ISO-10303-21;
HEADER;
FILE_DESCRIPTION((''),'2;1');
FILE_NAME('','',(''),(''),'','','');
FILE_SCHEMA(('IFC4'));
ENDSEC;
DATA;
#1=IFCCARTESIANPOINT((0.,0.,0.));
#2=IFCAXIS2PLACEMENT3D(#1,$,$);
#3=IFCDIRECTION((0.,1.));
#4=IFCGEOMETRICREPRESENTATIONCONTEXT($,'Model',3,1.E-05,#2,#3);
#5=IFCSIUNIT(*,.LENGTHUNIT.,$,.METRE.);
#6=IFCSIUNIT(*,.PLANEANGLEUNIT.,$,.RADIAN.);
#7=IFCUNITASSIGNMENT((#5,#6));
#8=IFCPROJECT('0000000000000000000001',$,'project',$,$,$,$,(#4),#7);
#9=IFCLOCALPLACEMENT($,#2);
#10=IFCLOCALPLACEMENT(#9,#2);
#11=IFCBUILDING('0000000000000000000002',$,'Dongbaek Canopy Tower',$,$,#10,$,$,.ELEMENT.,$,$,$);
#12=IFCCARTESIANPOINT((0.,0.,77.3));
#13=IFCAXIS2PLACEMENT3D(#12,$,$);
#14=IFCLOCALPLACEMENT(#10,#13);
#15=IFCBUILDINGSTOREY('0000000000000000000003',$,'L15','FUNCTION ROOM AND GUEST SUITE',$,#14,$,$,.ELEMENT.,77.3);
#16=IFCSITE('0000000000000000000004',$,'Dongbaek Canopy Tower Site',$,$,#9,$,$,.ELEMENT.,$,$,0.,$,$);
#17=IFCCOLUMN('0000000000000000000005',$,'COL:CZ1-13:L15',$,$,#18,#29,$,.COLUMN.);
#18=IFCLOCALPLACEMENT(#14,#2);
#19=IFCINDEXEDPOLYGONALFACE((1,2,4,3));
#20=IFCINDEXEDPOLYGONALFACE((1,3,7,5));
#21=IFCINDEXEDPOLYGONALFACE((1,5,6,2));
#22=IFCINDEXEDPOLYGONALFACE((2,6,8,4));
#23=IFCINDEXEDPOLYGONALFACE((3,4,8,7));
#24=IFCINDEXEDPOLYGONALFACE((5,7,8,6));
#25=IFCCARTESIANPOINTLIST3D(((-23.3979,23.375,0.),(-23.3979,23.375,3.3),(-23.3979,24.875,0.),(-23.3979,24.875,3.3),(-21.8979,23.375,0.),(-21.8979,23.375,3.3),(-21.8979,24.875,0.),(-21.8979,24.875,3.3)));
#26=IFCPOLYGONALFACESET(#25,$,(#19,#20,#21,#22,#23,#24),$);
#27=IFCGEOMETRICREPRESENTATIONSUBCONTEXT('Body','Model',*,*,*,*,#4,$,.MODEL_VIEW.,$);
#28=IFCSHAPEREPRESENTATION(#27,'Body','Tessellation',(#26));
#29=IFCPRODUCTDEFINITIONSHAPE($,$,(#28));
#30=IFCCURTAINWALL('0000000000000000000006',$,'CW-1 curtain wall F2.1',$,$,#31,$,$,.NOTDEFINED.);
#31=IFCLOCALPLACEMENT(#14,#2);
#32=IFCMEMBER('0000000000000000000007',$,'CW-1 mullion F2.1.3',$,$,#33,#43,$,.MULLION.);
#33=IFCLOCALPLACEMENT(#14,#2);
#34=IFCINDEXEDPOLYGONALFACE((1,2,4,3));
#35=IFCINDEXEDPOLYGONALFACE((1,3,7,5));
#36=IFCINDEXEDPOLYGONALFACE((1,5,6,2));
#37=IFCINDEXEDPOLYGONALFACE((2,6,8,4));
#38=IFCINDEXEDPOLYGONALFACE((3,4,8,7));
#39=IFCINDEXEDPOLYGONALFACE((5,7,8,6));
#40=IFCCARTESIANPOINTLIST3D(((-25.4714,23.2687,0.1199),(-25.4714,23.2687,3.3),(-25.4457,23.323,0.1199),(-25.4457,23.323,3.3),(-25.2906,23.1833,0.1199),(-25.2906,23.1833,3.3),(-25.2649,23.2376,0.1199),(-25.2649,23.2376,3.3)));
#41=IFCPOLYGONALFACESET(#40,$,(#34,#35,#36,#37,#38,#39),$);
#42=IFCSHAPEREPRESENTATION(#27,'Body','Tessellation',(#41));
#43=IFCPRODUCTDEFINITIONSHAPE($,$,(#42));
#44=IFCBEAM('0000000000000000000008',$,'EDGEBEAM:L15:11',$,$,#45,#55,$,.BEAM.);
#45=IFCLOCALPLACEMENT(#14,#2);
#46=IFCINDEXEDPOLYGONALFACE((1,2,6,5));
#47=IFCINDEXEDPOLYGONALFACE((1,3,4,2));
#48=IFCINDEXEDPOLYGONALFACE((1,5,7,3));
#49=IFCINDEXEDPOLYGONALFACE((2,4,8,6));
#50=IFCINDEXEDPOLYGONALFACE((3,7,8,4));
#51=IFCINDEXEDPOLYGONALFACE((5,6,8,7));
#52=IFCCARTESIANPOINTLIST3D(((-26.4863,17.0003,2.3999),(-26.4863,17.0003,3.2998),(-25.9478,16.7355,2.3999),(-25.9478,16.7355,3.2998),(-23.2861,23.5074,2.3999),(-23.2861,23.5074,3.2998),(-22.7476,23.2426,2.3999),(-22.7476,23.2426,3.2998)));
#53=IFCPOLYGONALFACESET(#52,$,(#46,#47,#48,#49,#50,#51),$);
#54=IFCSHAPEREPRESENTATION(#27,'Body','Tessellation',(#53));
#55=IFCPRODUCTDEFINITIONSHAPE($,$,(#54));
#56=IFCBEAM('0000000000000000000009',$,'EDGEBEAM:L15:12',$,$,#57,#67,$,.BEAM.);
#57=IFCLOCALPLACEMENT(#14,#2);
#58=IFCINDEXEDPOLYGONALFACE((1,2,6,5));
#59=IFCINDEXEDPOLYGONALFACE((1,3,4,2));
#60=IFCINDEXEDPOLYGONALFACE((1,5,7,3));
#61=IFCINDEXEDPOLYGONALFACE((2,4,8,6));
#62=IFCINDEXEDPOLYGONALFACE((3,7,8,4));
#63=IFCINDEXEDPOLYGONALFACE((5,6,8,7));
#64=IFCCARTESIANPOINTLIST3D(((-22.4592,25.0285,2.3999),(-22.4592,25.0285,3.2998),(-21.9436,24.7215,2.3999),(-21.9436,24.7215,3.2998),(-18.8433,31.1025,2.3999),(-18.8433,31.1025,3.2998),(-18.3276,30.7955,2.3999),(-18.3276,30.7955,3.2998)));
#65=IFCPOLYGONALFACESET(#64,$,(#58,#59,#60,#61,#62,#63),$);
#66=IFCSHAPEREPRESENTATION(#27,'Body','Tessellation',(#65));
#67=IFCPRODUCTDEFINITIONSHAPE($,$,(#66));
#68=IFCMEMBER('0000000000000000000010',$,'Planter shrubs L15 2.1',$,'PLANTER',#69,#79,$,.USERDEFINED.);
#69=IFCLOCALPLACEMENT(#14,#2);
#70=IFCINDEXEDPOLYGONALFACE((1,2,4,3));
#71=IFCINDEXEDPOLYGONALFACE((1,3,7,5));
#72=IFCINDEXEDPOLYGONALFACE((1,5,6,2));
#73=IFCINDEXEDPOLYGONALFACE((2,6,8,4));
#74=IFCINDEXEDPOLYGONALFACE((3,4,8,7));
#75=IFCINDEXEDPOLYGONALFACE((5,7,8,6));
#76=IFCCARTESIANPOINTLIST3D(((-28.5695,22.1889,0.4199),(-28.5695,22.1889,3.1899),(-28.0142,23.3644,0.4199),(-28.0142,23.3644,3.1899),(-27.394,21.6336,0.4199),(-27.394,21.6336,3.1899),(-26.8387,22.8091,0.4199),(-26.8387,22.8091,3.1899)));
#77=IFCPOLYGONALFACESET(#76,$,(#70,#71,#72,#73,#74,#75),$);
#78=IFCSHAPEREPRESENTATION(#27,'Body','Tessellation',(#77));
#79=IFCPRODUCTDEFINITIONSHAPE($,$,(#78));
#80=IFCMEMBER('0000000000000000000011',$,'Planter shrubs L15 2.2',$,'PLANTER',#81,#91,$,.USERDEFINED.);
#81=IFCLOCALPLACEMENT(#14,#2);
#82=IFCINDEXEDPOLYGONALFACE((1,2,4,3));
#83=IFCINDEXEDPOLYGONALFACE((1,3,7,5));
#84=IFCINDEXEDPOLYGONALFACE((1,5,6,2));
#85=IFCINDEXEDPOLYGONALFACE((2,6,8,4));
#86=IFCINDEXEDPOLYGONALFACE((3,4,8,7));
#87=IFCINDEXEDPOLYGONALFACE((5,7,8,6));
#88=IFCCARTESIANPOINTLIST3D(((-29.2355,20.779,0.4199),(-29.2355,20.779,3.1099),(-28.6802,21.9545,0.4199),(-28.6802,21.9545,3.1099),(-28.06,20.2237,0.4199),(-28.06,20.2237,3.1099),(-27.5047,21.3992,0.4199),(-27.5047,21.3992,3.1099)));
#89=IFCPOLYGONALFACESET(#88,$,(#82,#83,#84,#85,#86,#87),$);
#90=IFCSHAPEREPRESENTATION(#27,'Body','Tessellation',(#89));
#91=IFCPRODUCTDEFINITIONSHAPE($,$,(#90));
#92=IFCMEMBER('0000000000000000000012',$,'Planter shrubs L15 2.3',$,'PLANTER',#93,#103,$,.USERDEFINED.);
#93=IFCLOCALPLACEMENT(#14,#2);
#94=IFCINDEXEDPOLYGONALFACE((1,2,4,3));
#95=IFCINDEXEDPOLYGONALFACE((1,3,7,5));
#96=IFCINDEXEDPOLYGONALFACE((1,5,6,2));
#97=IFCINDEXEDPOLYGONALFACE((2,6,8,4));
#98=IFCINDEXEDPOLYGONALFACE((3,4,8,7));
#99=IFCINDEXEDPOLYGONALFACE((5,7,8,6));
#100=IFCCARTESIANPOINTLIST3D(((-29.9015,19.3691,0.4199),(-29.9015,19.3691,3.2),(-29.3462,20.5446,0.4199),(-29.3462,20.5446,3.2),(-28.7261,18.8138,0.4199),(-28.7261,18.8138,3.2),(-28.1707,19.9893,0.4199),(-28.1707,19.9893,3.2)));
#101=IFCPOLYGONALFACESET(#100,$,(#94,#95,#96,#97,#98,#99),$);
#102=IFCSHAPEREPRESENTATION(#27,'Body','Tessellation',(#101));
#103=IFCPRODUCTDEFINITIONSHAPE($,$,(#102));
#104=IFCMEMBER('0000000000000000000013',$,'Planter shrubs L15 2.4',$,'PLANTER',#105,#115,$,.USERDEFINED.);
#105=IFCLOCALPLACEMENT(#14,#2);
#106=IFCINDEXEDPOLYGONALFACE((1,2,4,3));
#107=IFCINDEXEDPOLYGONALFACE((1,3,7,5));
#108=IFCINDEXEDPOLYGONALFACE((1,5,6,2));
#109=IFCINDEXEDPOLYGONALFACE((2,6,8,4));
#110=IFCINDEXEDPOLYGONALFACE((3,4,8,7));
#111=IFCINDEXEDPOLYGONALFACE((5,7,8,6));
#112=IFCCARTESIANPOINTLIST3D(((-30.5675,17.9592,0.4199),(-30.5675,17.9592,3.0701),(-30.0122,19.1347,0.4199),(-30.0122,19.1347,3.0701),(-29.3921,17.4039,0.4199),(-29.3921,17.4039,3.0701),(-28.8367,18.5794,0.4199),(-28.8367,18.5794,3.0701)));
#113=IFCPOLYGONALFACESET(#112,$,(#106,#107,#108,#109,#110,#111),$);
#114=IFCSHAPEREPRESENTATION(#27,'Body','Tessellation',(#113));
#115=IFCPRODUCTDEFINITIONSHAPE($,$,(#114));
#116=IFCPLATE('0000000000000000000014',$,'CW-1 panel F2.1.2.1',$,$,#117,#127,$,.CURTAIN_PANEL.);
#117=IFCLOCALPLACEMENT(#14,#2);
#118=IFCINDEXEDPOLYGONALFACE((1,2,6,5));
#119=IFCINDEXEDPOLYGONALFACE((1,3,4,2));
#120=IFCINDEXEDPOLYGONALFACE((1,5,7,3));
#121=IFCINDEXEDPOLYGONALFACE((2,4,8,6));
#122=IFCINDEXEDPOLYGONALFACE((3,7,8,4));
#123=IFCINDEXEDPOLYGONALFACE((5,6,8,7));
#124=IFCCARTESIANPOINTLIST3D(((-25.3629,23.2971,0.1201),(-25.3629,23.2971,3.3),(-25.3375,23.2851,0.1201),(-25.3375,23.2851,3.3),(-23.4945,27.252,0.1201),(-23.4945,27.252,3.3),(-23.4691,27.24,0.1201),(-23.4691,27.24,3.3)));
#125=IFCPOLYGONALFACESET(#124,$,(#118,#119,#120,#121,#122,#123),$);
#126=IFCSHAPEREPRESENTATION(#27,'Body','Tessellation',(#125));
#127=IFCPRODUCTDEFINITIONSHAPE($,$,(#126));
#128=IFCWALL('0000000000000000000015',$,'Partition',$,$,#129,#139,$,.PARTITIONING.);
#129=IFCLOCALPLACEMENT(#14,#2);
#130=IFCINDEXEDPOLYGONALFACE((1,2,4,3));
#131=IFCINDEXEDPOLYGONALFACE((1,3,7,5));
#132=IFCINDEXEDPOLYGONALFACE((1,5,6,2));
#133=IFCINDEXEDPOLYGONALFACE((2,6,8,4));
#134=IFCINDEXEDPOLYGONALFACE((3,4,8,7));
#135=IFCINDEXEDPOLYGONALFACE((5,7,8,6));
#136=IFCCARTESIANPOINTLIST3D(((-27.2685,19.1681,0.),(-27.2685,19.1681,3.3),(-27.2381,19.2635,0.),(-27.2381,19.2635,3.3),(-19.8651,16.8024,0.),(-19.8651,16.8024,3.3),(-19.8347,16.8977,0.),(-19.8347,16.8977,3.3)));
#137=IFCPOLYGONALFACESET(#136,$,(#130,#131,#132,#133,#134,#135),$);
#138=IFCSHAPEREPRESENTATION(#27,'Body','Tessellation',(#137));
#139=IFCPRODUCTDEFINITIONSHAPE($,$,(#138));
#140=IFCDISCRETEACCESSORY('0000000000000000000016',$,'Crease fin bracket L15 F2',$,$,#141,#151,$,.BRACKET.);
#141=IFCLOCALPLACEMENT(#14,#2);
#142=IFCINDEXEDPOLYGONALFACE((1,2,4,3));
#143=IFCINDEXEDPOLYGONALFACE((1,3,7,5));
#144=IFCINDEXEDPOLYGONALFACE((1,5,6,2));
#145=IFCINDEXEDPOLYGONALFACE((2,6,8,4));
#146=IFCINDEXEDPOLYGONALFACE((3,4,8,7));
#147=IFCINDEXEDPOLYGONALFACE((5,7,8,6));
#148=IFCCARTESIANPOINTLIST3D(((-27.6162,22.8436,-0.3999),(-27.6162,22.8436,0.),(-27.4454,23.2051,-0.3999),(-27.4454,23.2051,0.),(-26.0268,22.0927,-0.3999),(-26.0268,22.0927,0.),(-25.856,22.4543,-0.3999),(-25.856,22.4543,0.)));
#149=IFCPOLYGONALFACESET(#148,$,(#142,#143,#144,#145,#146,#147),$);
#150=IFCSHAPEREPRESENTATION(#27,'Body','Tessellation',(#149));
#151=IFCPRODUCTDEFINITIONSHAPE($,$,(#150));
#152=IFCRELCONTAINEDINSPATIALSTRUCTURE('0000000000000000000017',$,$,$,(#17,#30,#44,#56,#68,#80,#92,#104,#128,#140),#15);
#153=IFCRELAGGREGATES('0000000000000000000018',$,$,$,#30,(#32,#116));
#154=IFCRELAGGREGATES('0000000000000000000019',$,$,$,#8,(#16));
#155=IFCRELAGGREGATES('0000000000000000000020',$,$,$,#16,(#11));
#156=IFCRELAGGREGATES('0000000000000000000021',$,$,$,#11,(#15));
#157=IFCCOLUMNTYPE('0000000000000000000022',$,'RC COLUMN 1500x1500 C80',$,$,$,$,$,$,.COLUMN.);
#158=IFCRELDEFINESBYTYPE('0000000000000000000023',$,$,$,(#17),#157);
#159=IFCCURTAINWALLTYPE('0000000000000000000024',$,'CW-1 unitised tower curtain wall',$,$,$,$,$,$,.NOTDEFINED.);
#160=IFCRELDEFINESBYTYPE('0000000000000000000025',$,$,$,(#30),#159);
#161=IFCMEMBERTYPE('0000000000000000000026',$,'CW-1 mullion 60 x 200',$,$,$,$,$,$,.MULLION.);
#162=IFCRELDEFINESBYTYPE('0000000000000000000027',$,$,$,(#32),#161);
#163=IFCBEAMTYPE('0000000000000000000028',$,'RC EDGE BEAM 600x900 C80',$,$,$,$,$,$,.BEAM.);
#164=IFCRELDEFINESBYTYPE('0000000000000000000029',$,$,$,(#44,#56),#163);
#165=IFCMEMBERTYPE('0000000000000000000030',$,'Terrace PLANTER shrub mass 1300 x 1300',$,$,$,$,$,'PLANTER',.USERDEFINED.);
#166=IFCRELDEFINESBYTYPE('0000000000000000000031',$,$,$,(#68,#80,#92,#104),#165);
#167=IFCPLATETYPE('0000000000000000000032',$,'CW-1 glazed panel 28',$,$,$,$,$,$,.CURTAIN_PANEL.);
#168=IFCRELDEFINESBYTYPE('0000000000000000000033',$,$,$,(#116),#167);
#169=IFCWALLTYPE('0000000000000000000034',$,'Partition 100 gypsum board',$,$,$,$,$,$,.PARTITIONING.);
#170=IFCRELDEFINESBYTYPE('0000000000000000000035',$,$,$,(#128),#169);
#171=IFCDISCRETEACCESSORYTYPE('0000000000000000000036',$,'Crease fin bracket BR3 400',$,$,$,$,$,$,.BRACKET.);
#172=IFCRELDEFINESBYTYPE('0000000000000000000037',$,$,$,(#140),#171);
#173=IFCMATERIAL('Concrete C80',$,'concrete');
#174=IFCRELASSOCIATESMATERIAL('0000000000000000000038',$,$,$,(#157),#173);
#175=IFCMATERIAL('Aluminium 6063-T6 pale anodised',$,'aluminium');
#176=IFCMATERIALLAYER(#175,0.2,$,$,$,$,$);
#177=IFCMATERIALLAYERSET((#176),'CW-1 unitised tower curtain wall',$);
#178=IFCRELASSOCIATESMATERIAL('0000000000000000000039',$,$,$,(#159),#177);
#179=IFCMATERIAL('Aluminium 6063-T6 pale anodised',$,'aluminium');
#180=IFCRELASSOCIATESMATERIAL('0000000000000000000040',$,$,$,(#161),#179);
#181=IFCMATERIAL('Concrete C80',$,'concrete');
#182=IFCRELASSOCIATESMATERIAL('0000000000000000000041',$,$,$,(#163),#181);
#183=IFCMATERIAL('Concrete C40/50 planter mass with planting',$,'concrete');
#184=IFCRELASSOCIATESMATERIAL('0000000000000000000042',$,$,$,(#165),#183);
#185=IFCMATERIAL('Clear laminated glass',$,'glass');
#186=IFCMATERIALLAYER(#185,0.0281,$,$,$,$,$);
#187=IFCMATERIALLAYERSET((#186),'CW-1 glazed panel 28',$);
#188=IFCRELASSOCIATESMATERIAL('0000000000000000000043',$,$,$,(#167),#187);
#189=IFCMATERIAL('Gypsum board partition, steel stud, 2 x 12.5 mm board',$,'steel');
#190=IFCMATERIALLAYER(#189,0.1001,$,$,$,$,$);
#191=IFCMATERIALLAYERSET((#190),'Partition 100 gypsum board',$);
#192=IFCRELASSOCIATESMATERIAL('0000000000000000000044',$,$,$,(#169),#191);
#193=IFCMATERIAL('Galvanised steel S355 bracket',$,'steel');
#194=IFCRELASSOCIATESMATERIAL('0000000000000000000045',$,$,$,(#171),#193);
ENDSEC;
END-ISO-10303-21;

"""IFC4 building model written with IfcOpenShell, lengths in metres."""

from ifc_helpers import new_model, si_unit, direction, frame, frame_2d, origin, origin_2d, place, context, subcontext, project, spatial, rectangle, extrude, material, layer, layer_set, material_profile, profile_set, type_object, element, aggregate, save


model = new_model("IFC4")

# Units and contexts
model_context = context("Model", 3, precision=1e-05, world=origin(), true_north=direction((0.0, 1.0)))
body_context = subcontext(model_context, "Body", "Model", "MODEL_VIEW")
ifc_project = project(units=[si_unit("LENGTHUNIT", "METRE"), si_unit("PLANEANGLEUNIT", "RADIAN")], contexts=[model_context])

# Site, building, storey
site_placement = place(None, origin())
site = spatial("IfcSite", under=ifc_project, at=site_placement, Name="Dongbaek Canopy Tower Site", CompositionType="ELEMENT", RefElevation=0.0)
building_placement = place(site_placement, origin())
building = spatial("IfcBuilding", under=site, at=building_placement, Name="Dongbaek Canopy Tower", CompositionType="ELEMENT")
storey_placement = place(building_placement, frame((0.0, 0.0, 77.3)))
storey = spatial("IfcBuildingStorey", under=building, at=storey_placement, Name="L15", Description="FUNCTION ROOM AND GUEST SUITE", CompositionType="ELEMENT", Elevation=77.3)

# Column
ifc_material_1 = material(Name="Concrete C80", Category="concrete")
ifc_material_profile_1 = material_profile(ifc_material_1, rectangle(XDim=1.5, YDim=1.5, at=origin_2d()), Name="RC COLUMN 1500x1500 C80")
ifc_profile_set_1 = profile_set([ifc_material_profile_1], Name="Concrete C80")
column_type = type_object("IfcColumnType", Name="RC COLUMN 1500x1500 C80", PredefinedType="COLUMN", material=ifc_profile_set_1)
column_placement = place(storey_placement, frame((-22.6479, 24.125, 0.0), z_axis=(0.0, 0.0, 1.0), x_axis=(1.0, 0.0, 0.0)))
element("IfcColumn", 1, at=column_placement, inside=storey, type_object=column_type, Name="COL:CZ1-13:L15", PredefinedType="COLUMN", context=body_context, shape_type="SweptSolid", body=[
    extrude(rectangle(XDim=1.5, YDim=1.5, at=origin_2d()), origin(), (0.0, 0.0, 1.0), 3.3),
])

# Curtain wall, member
ifc_material_2 = material(Name="Aluminium 6063-T6 pale anodised", Category="aluminium")
ifc_layer_1 = layer(ifc_material_2, 0.2)
ifc_layer_set_1 = layer_set([ifc_layer_1], Name="CW-1 unitised tower curtain wall")
curtain_wall_type = type_object("IfcCurtainWallType", Name="CW-1 unitised tower curtain wall", PredefinedType="NOTDEFINED", material=ifc_layer_set_1)
curtain_wall_placement = place(storey_placement, origin())
curtain_wall = element("IfcCurtainWall", 2, at=curtain_wall_placement, inside=storey, type_object=curtain_wall_type, Name="CW-1 curtain wall F2.1", PredefinedType="NOTDEFINED")
ifc_material_3 = material(Name="Aluminium 6063-T6 pale anodised", Category="aluminium")
ifc_material_profile_2 = material_profile(ifc_material_3, rectangle(XDim=0.2, YDim=0.0601, at=origin_2d()), Name="CW-1 mullion 60 x 200")
ifc_profile_set_2 = profile_set([ifc_material_profile_2], Name="Aluminium 6063-T6 pale anodised")
member_type_1 = type_object("IfcMemberType", Name="CW-1 mullion 60 x 200", PredefinedType="MULLION", material=ifc_profile_set_2)
member_1_placement = place(storey_placement, frame((-25.3682, 23.2532, 0.1199), z_axis=(0.0, 0.0, 1.0), x_axis=(-0.904177, 0.427157, 0.0)))
member_1 = element("IfcMember", 3, at=member_1_placement, type_object=member_type_1, Name="CW-1 mullion F2.1.3", PredefinedType="MULLION", context=body_context, shape_type="SweptSolid", body=[
    extrude(rectangle(XDim=0.2, YDim=0.0601, at=origin_2d()), origin(), (0.0, 0.0, 1.0), 3.1802),
])

# Beams
ifc_material_4 = material(Name="Concrete C80", Category="concrete")
ifc_material_profile_3 = material_profile(ifc_material_4, rectangle(XDim=0.6001, YDim=0.8999, at=origin_2d()), Name="RC EDGE BEAM 600x900 C80")
ifc_profile_set_3 = profile_set([ifc_material_profile_3], Name="Concrete C80")
beam_type = type_object("IfcBeamType", Name="RC EDGE BEAM 600x900 C80", PredefinedType="BEAM", material=ifc_profile_set_3)
beam_1_placement = place(storey_placement, frame((-26.217, 16.8679, 2.8499), z_axis=(0.441319, 0.89735, 0.0), x_axis=(-0.89735, 0.441319, 0.0)))
element("IfcBeam", 4, at=beam_1_placement, inside=storey, type_object=beam_type, Name="EDGEBEAM:L15:11", PredefinedType="BEAM", context=body_context, shape_type="SweptSolid", body=[
    extrude(rectangle(XDim=0.6001, YDim=0.8999, at=origin_2d()), origin(), (0.0, 0.0, 1.0), 7.2515),
])
beam_2_placement = place(storey_placement, frame((-22.2014, 24.875, 2.8499), z_axis=(0.511537, 0.859261, 0.0), x_axis=(-0.859261, 0.511537, 0.0)))
element("IfcBeam", 5, at=beam_2_placement, inside=storey, type_object=beam_type, Name="EDGEBEAM:L15:12", PredefinedType="BEAM", context=body_context, shape_type="SweptSolid", body=[
    extrude(rectangle(XDim=0.6001, YDim=0.8999, at=origin_2d()), origin(), (0.0, 0.0, 1.0), 7.0688),
])

# Members
ifc_material_5 = material(Name="Concrete C40/50 planter mass with planting", Category="concrete")
ifc_material_profile_4 = material_profile(ifc_material_5, rectangle(XDim=1.3, YDim=1.3, at=origin_2d()), Name="Terrace PLANTER shrub mass 1300 x 1300")
ifc_profile_set_4 = profile_set([ifc_material_profile_4], Name="Concrete C40/50 planter mass with planting")
member_type_2 = type_object("IfcMemberType", Name="Terrace PLANTER shrub mass 1300 x 1300", ElementType="PLANTER", PredefinedType="USERDEFINED", material=ifc_profile_set_4)
member_2_placement = place(storey_placement, frame((-27.7041, 22.499, 0.4199), z_axis=(0.0, 0.0, 1.0), x_axis=(-0.904177, 0.427157, 0.0)))
element("IfcMember", 6, at=member_2_placement, inside=storey, type_object=member_type_2, Name="Planter shrubs L15 2.1", ObjectType="PLANTER", PredefinedType="USERDEFINED", context=body_context, shape_type="SweptSolid", body=[
    extrude(rectangle(XDim=1.3, YDim=1.3, at=origin_2d()), origin(), (0.0, 0.0, 1.0), 2.77),
])
member_3_placement = place(storey_placement, frame((-28.3701, 21.0891, 0.4199), z_axis=(0.0, 0.0, 1.0), x_axis=(-0.904177, 0.427157, 0.0)))
element("IfcMember", 7, at=member_3_placement, inside=storey, type_object=member_type_2, Name="Planter shrubs L15 2.2", ObjectType="PLANTER", PredefinedType="USERDEFINED", context=body_context, shape_type="SweptSolid", body=[
    extrude(rectangle(XDim=1.3, YDim=1.3, at=origin_2d()), origin(), (0.0, 0.0, 1.0), 2.6899),
])
member_4_placement = place(storey_placement, frame((-29.0361, 19.6792, 0.4199), z_axis=(0.0, 0.0, 1.0), x_axis=(-0.904177, 0.427157, 0.0)))
element("IfcMember", 8, at=member_4_placement, inside=storey, type_object=member_type_2, Name="Planter shrubs L15 2.3", ObjectType="PLANTER", PredefinedType="USERDEFINED", context=body_context, shape_type="SweptSolid", body=[
    extrude(rectangle(XDim=1.3, YDim=1.3, at=origin_2d()), origin(), (0.0, 0.0, 1.0), 2.78),
])
member_5_placement = place(storey_placement, frame((-29.7021, 18.2693, 0.4199), z_axis=(0.0, 0.0, 1.0), x_axis=(-0.904177, 0.427157, 0.0)))
element("IfcMember", 9, at=member_5_placement, inside=storey, type_object=member_type_2, Name="Planter shrubs L15 2.4", ObjectType="PLANTER", PredefinedType="USERDEFINED", context=body_context, shape_type="SweptSolid", body=[
    extrude(rectangle(XDim=1.3, YDim=1.3, at=origin_2d()), origin(), (0.0, 0.0, 1.0), 2.6501),
])

# Plate
ifc_material_6 = material(Name="Clear laminated glass", Category="glass")
ifc_layer_2 = layer(ifc_material_6, 0.0281)
ifc_layer_set_2 = layer_set([ifc_layer_2], Name="CW-1 glazed panel 28")
plate_type = type_object("IfcPlateType", Name="CW-1 glazed panel 28", PredefinedType="CURTAIN_PANEL", material=ifc_layer_set_2)
plate_placement = place(storey_placement, frame((-24.416, 25.2686, 0.1201), z_axis=(0.0, 0.0, 1.0), x_axis=(-0.427157, -0.904177, 0.0)))
plate = element("IfcPlate", 10, at=plate_placement, type_object=plate_type, Name="CW-1 panel F2.1.2.1", PredefinedType="CURTAIN_PANEL", context=body_context, shape_type="SweptSolid", body=[
    extrude(rectangle(XDim=4.374, YDim=0.0281, at=origin_2d()), origin(), (0.0, 0.0, 1.0), 3.1799),
])
aggregate(curtain_wall, [member_1, plate])

# Wall
ifc_material_7 = material(Name="Gypsum board partition, steel stud, 2 x 12.5 mm board", Category="steel")
ifc_layer_3 = layer(ifc_material_7, 0.1001)
ifc_layer_set_3 = layer_set([ifc_layer_3], Name="Partition 100 gypsum board")
wall_type_1 = type_object("IfcWallType", Name="Partition 100 gypsum board", PredefinedType="PARTITIONING", material=ifc_layer_set_3)
wall_1_placement = place(storey_placement, frame((-27.2534, 19.2158, 0.0), z_axis=(0.0, 0.0, 1.0), x_axis=(0.952549, -0.304386, 0.0)))
element("IfcWall", 11, at=wall_1_placement, inside=storey, type_object=wall_type_1, Name="Partition", PredefinedType="PARTITIONING", context=body_context, shape_type="SweptSolid", body=[
    extrude(rectangle(XDim=7.7722, YDim=0.1001, at=frame_2d((3.8862, 0.0))), origin(), (0.0, 0.0, 1.0), 3.3),
])

# Discrete accessory
ifc_material_8 = material(Name="Galvanised steel S355 bracket", Category="steel")
discrete_accessory_type = type_object("IfcDiscreteAccessoryType", Name="Crease fin bracket BR3 400", PredefinedType="BRACKET", material=ifc_material_8)
discrete_accessory_placement = place(storey_placement, frame((-26.7361, 22.6489, -0.3999), z_axis=(0.0, 0.0, 1.0), x_axis=(-0.904177, 0.427157, 0.0)))
element("IfcDiscreteAccessory", 12, at=discrete_accessory_placement, inside=storey, type_object=discrete_accessory_type, Name="Crease fin bracket L15 F2", PredefinedType="BRACKET", context=body_context, shape_type="SweptSolid", body=[
    extrude(rectangle(XDim=1.7578, YDim=0.3999, at=origin_2d()), origin(), (0.0, 0.0, 1.0), 0.3999),
])

save(model, "model.ifc")
